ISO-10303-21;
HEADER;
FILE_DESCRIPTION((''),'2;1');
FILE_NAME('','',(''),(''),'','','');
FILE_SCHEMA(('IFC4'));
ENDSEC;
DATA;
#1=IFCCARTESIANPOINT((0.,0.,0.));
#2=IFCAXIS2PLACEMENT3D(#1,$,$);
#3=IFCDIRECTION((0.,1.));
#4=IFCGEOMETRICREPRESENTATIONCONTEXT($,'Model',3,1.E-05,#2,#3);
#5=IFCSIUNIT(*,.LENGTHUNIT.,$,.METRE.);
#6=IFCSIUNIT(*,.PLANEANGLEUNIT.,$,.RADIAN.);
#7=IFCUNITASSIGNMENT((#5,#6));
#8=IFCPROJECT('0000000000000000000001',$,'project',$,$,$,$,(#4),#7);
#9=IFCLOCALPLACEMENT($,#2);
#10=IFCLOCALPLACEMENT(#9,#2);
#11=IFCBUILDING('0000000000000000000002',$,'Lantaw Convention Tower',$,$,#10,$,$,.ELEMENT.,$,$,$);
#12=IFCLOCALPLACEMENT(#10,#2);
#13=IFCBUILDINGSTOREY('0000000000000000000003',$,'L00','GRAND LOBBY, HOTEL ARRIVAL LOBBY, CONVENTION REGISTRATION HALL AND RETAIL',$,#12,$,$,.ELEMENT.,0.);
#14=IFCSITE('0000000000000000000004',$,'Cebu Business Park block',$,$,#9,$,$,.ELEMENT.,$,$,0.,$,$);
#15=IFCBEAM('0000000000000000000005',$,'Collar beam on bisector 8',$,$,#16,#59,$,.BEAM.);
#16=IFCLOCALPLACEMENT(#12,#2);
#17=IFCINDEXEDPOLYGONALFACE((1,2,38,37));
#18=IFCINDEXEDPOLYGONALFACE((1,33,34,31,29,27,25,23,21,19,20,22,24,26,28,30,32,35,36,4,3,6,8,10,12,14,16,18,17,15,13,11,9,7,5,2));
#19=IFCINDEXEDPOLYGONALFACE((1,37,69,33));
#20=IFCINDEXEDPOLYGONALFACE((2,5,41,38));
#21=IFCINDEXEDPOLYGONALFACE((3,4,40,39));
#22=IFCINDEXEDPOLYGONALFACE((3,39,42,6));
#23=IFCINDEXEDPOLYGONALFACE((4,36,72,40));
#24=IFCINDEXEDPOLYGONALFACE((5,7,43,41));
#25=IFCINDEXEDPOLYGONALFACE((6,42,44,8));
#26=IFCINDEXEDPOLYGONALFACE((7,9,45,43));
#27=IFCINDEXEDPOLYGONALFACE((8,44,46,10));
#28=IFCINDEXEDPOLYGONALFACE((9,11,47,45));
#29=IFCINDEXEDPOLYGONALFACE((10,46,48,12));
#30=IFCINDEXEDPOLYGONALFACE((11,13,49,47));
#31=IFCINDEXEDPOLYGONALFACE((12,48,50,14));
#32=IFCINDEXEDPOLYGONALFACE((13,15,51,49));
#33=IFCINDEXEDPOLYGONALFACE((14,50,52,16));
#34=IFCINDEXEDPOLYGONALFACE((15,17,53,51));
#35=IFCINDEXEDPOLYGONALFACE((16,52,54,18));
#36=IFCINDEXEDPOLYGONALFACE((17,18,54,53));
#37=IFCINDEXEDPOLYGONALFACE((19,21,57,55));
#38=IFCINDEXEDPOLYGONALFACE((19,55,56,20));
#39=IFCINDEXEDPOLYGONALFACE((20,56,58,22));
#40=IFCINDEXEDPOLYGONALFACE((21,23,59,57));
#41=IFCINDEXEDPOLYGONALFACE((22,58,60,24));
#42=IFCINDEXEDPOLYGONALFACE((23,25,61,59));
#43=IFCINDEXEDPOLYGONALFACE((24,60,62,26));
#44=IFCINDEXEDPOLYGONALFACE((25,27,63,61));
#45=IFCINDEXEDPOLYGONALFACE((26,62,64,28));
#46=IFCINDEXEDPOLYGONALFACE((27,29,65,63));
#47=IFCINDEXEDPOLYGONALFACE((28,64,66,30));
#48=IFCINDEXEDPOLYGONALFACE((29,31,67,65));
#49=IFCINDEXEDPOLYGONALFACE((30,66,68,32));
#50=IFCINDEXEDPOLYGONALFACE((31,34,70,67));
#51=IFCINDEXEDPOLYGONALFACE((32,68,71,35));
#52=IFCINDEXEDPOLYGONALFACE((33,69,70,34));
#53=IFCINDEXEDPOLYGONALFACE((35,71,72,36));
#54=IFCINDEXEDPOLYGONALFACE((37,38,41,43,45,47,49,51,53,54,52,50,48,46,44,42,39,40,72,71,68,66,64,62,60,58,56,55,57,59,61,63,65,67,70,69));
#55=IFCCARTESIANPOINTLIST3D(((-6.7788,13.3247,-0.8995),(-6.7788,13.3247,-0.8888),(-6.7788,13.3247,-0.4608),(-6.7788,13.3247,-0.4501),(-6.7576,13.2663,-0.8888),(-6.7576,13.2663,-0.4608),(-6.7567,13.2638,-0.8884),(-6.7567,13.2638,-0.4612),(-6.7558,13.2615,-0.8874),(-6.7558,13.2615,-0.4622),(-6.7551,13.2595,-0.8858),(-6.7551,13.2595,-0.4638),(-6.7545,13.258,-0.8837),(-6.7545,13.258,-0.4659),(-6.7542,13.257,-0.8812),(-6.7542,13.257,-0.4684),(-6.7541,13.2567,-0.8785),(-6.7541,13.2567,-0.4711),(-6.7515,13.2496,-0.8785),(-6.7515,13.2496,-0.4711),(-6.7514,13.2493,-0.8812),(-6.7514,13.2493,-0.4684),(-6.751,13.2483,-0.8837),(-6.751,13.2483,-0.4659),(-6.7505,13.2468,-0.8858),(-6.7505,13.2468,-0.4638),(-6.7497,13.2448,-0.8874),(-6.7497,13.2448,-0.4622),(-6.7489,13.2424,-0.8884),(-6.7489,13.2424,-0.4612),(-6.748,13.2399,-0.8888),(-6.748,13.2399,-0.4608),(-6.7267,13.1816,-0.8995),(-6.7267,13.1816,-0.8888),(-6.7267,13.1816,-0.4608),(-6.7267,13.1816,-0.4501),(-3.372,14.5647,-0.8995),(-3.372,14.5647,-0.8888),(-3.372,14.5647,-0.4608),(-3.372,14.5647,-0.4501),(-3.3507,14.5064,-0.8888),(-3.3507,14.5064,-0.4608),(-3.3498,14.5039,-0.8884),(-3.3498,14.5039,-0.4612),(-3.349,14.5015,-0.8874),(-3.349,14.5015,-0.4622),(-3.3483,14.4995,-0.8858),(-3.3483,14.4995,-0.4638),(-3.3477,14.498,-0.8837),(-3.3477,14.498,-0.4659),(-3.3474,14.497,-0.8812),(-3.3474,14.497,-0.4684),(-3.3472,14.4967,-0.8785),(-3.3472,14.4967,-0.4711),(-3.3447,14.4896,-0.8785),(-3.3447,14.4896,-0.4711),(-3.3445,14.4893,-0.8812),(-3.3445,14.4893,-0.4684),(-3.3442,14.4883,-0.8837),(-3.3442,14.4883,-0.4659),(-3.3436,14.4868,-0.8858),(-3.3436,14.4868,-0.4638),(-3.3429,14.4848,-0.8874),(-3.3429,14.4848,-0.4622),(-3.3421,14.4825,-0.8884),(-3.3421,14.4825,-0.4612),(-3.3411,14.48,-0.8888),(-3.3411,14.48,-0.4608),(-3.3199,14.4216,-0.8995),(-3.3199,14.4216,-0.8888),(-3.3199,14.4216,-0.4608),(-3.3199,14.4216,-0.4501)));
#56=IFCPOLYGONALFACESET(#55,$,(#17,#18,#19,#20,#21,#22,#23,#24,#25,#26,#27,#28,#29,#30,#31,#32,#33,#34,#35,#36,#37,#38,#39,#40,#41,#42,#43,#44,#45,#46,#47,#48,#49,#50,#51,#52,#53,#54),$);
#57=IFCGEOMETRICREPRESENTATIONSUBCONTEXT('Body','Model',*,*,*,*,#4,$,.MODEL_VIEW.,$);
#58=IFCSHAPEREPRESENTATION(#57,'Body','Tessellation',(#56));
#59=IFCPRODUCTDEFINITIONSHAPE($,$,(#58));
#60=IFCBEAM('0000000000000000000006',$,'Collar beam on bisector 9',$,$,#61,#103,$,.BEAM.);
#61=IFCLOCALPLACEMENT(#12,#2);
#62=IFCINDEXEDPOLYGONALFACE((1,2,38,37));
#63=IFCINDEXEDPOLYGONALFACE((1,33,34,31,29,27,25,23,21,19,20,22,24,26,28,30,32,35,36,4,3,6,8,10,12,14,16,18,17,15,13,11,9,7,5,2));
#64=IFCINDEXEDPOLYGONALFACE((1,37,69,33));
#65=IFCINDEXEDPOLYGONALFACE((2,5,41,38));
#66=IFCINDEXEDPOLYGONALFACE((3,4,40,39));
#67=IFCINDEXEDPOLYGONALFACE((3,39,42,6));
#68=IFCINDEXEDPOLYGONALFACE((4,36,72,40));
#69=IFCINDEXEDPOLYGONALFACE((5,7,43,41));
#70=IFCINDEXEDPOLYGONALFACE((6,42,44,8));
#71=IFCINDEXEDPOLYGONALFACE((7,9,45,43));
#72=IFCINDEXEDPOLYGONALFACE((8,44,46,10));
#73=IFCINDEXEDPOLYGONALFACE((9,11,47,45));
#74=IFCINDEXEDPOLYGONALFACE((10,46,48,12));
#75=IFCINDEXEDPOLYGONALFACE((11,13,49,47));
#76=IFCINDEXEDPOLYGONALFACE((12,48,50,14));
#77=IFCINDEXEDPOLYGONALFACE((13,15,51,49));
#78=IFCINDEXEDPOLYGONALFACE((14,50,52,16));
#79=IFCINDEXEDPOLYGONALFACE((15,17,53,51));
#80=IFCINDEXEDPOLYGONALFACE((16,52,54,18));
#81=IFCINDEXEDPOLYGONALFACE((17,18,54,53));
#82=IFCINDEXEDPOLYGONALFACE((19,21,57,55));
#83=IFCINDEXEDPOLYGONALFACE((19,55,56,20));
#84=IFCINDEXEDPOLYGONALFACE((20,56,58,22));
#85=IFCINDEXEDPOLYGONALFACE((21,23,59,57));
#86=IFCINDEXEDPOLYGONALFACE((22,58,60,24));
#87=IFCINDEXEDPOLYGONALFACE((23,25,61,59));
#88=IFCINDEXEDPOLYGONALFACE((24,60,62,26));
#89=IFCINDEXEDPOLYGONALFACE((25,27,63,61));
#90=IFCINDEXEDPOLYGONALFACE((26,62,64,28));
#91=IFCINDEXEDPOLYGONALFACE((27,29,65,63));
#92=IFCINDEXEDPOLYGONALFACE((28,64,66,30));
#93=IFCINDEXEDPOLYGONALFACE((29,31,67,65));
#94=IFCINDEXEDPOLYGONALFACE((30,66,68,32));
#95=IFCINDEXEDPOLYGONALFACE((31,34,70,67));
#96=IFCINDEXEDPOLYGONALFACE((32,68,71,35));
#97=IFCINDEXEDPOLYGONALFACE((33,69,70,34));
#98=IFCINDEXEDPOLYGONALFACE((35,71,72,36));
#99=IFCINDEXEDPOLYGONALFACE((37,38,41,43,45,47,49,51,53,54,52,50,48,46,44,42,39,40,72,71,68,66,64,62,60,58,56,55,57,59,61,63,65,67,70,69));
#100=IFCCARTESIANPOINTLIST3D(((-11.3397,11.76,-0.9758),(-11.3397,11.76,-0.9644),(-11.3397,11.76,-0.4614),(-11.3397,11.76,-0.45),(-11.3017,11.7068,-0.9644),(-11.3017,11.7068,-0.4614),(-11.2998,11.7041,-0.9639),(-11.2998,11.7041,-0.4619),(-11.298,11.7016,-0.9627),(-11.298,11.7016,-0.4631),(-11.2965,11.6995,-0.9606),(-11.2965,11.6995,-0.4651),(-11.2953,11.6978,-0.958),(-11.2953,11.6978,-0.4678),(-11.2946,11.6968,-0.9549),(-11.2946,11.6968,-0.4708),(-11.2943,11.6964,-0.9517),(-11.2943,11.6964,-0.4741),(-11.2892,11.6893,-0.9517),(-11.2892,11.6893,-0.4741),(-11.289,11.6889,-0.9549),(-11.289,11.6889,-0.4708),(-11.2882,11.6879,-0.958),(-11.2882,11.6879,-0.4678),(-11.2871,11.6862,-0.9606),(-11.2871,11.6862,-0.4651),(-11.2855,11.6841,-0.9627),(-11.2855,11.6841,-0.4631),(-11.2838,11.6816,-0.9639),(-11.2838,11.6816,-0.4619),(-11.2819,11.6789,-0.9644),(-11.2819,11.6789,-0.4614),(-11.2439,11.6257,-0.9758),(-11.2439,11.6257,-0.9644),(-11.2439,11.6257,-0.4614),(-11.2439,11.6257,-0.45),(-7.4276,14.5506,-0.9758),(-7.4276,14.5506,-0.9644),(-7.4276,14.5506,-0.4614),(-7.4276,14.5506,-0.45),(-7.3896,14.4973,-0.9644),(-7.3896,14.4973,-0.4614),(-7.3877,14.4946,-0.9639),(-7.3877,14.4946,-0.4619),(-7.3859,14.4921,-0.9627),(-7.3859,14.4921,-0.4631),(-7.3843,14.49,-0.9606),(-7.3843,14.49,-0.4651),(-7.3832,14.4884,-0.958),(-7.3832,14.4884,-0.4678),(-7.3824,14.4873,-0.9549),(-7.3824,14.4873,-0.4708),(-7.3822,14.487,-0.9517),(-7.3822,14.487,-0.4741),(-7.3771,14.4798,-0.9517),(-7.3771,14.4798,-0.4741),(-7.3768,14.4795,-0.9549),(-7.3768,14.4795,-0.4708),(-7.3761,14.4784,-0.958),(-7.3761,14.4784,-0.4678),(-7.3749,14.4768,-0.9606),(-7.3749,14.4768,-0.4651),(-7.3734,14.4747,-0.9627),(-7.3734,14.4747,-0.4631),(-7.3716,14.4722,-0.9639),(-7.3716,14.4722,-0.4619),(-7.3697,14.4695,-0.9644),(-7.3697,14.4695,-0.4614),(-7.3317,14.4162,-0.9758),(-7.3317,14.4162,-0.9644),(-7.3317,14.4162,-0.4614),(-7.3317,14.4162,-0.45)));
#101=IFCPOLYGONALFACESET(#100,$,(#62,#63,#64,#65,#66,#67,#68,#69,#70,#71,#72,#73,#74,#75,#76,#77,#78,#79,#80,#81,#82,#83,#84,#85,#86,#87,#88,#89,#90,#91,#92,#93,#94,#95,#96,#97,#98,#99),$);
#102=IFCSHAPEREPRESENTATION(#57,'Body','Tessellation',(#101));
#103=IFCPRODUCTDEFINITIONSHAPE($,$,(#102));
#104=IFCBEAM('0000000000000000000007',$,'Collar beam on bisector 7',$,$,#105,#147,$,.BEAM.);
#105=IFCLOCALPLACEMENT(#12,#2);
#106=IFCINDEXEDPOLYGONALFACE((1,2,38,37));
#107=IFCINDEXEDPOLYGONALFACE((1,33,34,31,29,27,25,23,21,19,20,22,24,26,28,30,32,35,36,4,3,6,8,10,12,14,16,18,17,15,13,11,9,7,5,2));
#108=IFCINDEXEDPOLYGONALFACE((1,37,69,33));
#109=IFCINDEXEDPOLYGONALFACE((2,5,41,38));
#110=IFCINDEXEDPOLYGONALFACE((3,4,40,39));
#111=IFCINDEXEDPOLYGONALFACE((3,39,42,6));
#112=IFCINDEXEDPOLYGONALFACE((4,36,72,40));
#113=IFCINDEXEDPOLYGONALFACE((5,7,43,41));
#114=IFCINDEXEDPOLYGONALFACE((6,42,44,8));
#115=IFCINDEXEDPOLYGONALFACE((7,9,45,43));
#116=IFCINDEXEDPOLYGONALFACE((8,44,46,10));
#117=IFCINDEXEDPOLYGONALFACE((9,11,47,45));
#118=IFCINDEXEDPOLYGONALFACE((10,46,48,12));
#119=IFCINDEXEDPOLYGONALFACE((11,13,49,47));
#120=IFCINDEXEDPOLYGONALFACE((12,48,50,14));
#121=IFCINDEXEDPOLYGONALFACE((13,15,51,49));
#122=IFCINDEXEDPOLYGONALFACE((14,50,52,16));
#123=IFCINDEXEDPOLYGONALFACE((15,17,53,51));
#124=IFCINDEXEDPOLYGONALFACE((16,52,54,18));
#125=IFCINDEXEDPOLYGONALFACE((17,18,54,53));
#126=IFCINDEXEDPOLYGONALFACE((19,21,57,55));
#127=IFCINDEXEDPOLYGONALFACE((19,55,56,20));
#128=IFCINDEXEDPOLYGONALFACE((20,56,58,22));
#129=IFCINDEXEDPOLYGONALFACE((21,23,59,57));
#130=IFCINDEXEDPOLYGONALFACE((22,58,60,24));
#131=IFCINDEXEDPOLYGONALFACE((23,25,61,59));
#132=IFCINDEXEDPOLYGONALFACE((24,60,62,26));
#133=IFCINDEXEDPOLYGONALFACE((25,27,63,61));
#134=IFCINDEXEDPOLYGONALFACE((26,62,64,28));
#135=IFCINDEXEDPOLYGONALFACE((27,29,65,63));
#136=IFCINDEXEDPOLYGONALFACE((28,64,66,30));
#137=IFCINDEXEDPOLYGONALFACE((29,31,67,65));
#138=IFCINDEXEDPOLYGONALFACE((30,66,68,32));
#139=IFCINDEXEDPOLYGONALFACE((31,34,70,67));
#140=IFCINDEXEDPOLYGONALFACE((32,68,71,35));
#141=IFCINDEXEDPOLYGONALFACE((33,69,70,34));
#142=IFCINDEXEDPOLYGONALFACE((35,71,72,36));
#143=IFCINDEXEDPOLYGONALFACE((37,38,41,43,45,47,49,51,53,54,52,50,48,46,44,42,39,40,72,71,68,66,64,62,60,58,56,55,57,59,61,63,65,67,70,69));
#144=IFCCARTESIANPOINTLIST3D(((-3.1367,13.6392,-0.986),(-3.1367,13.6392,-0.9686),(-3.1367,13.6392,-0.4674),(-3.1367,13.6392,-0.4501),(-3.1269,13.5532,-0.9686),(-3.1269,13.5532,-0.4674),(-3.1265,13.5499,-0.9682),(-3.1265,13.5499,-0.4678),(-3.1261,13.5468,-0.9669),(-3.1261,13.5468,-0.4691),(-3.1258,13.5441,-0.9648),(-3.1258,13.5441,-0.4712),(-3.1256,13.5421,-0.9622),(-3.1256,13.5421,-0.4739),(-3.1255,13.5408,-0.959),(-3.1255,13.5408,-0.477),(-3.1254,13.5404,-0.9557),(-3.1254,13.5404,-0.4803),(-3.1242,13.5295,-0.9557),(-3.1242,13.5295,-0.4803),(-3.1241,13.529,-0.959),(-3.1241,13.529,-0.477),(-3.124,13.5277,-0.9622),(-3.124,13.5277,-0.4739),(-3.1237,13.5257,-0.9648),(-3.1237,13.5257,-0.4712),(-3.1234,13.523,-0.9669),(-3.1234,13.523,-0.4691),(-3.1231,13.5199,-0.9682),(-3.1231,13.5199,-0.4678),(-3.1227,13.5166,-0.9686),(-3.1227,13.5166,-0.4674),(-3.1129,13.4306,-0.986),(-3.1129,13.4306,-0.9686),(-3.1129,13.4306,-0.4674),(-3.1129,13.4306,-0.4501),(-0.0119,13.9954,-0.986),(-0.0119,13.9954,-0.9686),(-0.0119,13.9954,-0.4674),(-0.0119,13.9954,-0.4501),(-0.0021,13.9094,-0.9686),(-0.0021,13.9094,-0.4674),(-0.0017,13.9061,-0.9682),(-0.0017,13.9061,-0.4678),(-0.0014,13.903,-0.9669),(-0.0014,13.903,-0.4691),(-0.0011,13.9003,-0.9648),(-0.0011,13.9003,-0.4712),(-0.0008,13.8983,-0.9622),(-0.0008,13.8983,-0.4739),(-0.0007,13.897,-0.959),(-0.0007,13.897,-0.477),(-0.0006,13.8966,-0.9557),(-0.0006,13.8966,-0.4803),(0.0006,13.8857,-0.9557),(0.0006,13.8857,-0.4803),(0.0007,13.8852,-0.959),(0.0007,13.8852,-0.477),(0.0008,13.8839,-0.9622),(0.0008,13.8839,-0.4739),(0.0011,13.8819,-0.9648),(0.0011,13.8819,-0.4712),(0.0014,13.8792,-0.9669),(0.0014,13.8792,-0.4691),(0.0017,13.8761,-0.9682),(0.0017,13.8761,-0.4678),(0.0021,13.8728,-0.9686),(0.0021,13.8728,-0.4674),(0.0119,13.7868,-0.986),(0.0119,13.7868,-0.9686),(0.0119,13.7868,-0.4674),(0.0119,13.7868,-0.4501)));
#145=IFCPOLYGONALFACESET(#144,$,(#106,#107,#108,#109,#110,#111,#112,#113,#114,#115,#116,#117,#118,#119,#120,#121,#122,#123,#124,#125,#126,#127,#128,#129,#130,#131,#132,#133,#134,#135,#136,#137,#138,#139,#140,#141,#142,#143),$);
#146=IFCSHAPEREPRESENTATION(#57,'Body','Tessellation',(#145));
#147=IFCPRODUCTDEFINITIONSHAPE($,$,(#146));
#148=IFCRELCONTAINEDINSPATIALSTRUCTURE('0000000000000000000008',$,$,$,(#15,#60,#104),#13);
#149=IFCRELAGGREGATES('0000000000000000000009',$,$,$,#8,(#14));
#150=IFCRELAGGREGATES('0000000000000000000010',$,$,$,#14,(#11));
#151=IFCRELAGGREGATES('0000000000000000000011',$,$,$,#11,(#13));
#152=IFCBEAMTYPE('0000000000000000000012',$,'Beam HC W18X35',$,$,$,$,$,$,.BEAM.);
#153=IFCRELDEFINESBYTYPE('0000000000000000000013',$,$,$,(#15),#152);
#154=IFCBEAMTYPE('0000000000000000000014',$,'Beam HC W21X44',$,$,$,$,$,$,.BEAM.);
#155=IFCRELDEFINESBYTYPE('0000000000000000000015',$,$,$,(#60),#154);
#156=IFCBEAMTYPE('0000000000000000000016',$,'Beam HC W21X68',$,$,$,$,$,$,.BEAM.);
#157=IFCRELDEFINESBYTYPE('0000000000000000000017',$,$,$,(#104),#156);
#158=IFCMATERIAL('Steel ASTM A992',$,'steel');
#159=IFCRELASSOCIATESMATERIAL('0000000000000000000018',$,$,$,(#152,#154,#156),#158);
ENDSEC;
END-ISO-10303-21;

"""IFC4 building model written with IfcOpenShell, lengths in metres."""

from ifc_helpers import new_model, si_unit, direction, frame, origin, origin_2d, place, context, subcontext, project, spatial, i_section, extrude, material, material_profile, profile_set, type_object, element, save


model = new_model("IFC4")

# Units and contexts
model_context = context("Model", 3, precision=1e-05, world=origin(), true_north=direction((0.0, 1.0)))
body_context = subcontext(model_context, "Body", "Model", "MODEL_VIEW")
ifc_project = project(units=[si_unit("LENGTHUNIT", "METRE"), si_unit("PLANEANGLEUNIT", "RADIAN")], contexts=[model_context])

# Site, building, storey
site_placement = place(None, origin())
site = spatial("IfcSite", under=ifc_project, at=site_placement, Name="Cebu Business Park block", CompositionType="ELEMENT", RefElevation=0.0)
building_placement = place(site_placement, origin())
building = spatial("IfcBuilding", under=site, at=building_placement, Name="Lantaw Convention Tower", CompositionType="ELEMENT")
storey_placement = place(building_placement, origin())
storey = spatial("IfcBuildingStorey", under=building, at=storey_placement, Name="L00", Description="GRAND LOBBY, HOTEL ARRIVAL LOBBY, CONVENTION REGISTRATION HALL AND RETAIL", CompositionType="ELEMENT", Elevation=0.0)

# Beams
ifc_material_1 = material(Name="Steel ASTM A992", Category="steel")
ifc_material_profile_1 = material_profile(ifc_material_1, i_section(OverallWidth=0.1523, OverallDepth=0.4495, WebThickness=0.0076, FlangeThickness=0.0107, FilletRadius=0.0103, at=origin_2d()), Name="W18X35")
ifc_profile_set_1 = profile_set([ifc_material_profile_1], Name="Steel ASTM A992")
beam_type_1 = type_object("IfcBeamType", Name="Beam HC W18X35", PredefinedType="BEAM", material=ifc_profile_set_1)
beam_1_placement = place(storey_placement, frame((-3.3459, 14.4932, -0.6748), z_axis=(-0.939689, -0.34203, 0.0), x_axis=(0.34203, -0.939689, 0.0)))
element("IfcBeam", 1, at=beam_1_placement, inside=storey, type_object=beam_type_1, Name="Collar beam on bisector 8", PredefinedType="BEAM", context=body_context, shape_type="SweptSolid", body=[
    extrude(i_section(OverallWidth=0.1523, OverallDepth=0.4495, WebThickness=0.0076, FlangeThickness=0.0107, FilletRadius=0.0103, at=origin_2d()), origin(), (0.0, 0.0, 1.0), 3.6255),
])
ifc_material_profile_2 = material_profile(ifc_material_1, i_section(OverallWidth=0.165, OverallDepth=0.5259, WebThickness=0.0088, FlangeThickness=0.0115, FilletRadius=0.0127, at=origin_2d()), Name="W21X44")
ifc_profile_set_2 = profile_set([ifc_material_profile_2], Name="Steel ASTM A992")
beam_type_2 = type_object("IfcBeamType", Name="Beam HC W21X44", PredefinedType="BEAM", material=ifc_profile_set_2)
beam_2_placement = place(storey_placement, frame((-7.3796, 14.4834, -0.7129), z_axis=(-0.814111, -0.580709, 0.0), x_axis=(0.580709, -0.814111, 0.0)))
element("IfcBeam", 2, at=beam_2_placement, inside=storey, type_object=beam_type_2, Name="Collar beam on bisector 9", PredefinedType="BEAM", context=body_context, shape_type="SweptSolid", body=[
    extrude(i_section(OverallWidth=0.165, OverallDepth=0.5259, WebThickness=0.0088, FlangeThickness=0.0115, FilletRadius=0.0127, at=origin_2d()), origin(), (0.0, 0.0, 1.0), 4.8054),
])
ifc_material_profile_3 = material_profile(ifc_material_1, i_section(OverallWidth=0.21, OverallDepth=0.5359, WebThickness=0.011, FlangeThickness=0.0173, FilletRadius=0.0129, at=origin_2d()), Name="W21X68")
ifc_profile_set_3 = profile_set([ifc_material_profile_3], Name="Steel ASTM A992")
beam_type_3 = type_object("IfcBeamType", Name="Beam HC W21X68", PredefinedType="BEAM", material=ifc_profile_set_3)
beam_3_placement = place(storey_placement, frame((0.0, 13.8911, -0.718), z_axis=(-0.993565, -0.11326, 0.0), x_axis=(0.11326, -0.993565, 0.0)))
element("IfcBeam", 3, at=beam_3_placement, inside=storey, type_object=beam_type_3, Name="Collar beam on bisector 7", PredefinedType="BEAM", context=body_context, shape_type="SweptSolid", body=[
    extrude(i_section(OverallWidth=0.21, OverallDepth=0.5359, WebThickness=0.011, FlangeThickness=0.0173, FilletRadius=0.0129, at=origin_2d()), origin(), (0.0, 0.0, 1.0), 3.145),
])

save(model, "model.ifc")
